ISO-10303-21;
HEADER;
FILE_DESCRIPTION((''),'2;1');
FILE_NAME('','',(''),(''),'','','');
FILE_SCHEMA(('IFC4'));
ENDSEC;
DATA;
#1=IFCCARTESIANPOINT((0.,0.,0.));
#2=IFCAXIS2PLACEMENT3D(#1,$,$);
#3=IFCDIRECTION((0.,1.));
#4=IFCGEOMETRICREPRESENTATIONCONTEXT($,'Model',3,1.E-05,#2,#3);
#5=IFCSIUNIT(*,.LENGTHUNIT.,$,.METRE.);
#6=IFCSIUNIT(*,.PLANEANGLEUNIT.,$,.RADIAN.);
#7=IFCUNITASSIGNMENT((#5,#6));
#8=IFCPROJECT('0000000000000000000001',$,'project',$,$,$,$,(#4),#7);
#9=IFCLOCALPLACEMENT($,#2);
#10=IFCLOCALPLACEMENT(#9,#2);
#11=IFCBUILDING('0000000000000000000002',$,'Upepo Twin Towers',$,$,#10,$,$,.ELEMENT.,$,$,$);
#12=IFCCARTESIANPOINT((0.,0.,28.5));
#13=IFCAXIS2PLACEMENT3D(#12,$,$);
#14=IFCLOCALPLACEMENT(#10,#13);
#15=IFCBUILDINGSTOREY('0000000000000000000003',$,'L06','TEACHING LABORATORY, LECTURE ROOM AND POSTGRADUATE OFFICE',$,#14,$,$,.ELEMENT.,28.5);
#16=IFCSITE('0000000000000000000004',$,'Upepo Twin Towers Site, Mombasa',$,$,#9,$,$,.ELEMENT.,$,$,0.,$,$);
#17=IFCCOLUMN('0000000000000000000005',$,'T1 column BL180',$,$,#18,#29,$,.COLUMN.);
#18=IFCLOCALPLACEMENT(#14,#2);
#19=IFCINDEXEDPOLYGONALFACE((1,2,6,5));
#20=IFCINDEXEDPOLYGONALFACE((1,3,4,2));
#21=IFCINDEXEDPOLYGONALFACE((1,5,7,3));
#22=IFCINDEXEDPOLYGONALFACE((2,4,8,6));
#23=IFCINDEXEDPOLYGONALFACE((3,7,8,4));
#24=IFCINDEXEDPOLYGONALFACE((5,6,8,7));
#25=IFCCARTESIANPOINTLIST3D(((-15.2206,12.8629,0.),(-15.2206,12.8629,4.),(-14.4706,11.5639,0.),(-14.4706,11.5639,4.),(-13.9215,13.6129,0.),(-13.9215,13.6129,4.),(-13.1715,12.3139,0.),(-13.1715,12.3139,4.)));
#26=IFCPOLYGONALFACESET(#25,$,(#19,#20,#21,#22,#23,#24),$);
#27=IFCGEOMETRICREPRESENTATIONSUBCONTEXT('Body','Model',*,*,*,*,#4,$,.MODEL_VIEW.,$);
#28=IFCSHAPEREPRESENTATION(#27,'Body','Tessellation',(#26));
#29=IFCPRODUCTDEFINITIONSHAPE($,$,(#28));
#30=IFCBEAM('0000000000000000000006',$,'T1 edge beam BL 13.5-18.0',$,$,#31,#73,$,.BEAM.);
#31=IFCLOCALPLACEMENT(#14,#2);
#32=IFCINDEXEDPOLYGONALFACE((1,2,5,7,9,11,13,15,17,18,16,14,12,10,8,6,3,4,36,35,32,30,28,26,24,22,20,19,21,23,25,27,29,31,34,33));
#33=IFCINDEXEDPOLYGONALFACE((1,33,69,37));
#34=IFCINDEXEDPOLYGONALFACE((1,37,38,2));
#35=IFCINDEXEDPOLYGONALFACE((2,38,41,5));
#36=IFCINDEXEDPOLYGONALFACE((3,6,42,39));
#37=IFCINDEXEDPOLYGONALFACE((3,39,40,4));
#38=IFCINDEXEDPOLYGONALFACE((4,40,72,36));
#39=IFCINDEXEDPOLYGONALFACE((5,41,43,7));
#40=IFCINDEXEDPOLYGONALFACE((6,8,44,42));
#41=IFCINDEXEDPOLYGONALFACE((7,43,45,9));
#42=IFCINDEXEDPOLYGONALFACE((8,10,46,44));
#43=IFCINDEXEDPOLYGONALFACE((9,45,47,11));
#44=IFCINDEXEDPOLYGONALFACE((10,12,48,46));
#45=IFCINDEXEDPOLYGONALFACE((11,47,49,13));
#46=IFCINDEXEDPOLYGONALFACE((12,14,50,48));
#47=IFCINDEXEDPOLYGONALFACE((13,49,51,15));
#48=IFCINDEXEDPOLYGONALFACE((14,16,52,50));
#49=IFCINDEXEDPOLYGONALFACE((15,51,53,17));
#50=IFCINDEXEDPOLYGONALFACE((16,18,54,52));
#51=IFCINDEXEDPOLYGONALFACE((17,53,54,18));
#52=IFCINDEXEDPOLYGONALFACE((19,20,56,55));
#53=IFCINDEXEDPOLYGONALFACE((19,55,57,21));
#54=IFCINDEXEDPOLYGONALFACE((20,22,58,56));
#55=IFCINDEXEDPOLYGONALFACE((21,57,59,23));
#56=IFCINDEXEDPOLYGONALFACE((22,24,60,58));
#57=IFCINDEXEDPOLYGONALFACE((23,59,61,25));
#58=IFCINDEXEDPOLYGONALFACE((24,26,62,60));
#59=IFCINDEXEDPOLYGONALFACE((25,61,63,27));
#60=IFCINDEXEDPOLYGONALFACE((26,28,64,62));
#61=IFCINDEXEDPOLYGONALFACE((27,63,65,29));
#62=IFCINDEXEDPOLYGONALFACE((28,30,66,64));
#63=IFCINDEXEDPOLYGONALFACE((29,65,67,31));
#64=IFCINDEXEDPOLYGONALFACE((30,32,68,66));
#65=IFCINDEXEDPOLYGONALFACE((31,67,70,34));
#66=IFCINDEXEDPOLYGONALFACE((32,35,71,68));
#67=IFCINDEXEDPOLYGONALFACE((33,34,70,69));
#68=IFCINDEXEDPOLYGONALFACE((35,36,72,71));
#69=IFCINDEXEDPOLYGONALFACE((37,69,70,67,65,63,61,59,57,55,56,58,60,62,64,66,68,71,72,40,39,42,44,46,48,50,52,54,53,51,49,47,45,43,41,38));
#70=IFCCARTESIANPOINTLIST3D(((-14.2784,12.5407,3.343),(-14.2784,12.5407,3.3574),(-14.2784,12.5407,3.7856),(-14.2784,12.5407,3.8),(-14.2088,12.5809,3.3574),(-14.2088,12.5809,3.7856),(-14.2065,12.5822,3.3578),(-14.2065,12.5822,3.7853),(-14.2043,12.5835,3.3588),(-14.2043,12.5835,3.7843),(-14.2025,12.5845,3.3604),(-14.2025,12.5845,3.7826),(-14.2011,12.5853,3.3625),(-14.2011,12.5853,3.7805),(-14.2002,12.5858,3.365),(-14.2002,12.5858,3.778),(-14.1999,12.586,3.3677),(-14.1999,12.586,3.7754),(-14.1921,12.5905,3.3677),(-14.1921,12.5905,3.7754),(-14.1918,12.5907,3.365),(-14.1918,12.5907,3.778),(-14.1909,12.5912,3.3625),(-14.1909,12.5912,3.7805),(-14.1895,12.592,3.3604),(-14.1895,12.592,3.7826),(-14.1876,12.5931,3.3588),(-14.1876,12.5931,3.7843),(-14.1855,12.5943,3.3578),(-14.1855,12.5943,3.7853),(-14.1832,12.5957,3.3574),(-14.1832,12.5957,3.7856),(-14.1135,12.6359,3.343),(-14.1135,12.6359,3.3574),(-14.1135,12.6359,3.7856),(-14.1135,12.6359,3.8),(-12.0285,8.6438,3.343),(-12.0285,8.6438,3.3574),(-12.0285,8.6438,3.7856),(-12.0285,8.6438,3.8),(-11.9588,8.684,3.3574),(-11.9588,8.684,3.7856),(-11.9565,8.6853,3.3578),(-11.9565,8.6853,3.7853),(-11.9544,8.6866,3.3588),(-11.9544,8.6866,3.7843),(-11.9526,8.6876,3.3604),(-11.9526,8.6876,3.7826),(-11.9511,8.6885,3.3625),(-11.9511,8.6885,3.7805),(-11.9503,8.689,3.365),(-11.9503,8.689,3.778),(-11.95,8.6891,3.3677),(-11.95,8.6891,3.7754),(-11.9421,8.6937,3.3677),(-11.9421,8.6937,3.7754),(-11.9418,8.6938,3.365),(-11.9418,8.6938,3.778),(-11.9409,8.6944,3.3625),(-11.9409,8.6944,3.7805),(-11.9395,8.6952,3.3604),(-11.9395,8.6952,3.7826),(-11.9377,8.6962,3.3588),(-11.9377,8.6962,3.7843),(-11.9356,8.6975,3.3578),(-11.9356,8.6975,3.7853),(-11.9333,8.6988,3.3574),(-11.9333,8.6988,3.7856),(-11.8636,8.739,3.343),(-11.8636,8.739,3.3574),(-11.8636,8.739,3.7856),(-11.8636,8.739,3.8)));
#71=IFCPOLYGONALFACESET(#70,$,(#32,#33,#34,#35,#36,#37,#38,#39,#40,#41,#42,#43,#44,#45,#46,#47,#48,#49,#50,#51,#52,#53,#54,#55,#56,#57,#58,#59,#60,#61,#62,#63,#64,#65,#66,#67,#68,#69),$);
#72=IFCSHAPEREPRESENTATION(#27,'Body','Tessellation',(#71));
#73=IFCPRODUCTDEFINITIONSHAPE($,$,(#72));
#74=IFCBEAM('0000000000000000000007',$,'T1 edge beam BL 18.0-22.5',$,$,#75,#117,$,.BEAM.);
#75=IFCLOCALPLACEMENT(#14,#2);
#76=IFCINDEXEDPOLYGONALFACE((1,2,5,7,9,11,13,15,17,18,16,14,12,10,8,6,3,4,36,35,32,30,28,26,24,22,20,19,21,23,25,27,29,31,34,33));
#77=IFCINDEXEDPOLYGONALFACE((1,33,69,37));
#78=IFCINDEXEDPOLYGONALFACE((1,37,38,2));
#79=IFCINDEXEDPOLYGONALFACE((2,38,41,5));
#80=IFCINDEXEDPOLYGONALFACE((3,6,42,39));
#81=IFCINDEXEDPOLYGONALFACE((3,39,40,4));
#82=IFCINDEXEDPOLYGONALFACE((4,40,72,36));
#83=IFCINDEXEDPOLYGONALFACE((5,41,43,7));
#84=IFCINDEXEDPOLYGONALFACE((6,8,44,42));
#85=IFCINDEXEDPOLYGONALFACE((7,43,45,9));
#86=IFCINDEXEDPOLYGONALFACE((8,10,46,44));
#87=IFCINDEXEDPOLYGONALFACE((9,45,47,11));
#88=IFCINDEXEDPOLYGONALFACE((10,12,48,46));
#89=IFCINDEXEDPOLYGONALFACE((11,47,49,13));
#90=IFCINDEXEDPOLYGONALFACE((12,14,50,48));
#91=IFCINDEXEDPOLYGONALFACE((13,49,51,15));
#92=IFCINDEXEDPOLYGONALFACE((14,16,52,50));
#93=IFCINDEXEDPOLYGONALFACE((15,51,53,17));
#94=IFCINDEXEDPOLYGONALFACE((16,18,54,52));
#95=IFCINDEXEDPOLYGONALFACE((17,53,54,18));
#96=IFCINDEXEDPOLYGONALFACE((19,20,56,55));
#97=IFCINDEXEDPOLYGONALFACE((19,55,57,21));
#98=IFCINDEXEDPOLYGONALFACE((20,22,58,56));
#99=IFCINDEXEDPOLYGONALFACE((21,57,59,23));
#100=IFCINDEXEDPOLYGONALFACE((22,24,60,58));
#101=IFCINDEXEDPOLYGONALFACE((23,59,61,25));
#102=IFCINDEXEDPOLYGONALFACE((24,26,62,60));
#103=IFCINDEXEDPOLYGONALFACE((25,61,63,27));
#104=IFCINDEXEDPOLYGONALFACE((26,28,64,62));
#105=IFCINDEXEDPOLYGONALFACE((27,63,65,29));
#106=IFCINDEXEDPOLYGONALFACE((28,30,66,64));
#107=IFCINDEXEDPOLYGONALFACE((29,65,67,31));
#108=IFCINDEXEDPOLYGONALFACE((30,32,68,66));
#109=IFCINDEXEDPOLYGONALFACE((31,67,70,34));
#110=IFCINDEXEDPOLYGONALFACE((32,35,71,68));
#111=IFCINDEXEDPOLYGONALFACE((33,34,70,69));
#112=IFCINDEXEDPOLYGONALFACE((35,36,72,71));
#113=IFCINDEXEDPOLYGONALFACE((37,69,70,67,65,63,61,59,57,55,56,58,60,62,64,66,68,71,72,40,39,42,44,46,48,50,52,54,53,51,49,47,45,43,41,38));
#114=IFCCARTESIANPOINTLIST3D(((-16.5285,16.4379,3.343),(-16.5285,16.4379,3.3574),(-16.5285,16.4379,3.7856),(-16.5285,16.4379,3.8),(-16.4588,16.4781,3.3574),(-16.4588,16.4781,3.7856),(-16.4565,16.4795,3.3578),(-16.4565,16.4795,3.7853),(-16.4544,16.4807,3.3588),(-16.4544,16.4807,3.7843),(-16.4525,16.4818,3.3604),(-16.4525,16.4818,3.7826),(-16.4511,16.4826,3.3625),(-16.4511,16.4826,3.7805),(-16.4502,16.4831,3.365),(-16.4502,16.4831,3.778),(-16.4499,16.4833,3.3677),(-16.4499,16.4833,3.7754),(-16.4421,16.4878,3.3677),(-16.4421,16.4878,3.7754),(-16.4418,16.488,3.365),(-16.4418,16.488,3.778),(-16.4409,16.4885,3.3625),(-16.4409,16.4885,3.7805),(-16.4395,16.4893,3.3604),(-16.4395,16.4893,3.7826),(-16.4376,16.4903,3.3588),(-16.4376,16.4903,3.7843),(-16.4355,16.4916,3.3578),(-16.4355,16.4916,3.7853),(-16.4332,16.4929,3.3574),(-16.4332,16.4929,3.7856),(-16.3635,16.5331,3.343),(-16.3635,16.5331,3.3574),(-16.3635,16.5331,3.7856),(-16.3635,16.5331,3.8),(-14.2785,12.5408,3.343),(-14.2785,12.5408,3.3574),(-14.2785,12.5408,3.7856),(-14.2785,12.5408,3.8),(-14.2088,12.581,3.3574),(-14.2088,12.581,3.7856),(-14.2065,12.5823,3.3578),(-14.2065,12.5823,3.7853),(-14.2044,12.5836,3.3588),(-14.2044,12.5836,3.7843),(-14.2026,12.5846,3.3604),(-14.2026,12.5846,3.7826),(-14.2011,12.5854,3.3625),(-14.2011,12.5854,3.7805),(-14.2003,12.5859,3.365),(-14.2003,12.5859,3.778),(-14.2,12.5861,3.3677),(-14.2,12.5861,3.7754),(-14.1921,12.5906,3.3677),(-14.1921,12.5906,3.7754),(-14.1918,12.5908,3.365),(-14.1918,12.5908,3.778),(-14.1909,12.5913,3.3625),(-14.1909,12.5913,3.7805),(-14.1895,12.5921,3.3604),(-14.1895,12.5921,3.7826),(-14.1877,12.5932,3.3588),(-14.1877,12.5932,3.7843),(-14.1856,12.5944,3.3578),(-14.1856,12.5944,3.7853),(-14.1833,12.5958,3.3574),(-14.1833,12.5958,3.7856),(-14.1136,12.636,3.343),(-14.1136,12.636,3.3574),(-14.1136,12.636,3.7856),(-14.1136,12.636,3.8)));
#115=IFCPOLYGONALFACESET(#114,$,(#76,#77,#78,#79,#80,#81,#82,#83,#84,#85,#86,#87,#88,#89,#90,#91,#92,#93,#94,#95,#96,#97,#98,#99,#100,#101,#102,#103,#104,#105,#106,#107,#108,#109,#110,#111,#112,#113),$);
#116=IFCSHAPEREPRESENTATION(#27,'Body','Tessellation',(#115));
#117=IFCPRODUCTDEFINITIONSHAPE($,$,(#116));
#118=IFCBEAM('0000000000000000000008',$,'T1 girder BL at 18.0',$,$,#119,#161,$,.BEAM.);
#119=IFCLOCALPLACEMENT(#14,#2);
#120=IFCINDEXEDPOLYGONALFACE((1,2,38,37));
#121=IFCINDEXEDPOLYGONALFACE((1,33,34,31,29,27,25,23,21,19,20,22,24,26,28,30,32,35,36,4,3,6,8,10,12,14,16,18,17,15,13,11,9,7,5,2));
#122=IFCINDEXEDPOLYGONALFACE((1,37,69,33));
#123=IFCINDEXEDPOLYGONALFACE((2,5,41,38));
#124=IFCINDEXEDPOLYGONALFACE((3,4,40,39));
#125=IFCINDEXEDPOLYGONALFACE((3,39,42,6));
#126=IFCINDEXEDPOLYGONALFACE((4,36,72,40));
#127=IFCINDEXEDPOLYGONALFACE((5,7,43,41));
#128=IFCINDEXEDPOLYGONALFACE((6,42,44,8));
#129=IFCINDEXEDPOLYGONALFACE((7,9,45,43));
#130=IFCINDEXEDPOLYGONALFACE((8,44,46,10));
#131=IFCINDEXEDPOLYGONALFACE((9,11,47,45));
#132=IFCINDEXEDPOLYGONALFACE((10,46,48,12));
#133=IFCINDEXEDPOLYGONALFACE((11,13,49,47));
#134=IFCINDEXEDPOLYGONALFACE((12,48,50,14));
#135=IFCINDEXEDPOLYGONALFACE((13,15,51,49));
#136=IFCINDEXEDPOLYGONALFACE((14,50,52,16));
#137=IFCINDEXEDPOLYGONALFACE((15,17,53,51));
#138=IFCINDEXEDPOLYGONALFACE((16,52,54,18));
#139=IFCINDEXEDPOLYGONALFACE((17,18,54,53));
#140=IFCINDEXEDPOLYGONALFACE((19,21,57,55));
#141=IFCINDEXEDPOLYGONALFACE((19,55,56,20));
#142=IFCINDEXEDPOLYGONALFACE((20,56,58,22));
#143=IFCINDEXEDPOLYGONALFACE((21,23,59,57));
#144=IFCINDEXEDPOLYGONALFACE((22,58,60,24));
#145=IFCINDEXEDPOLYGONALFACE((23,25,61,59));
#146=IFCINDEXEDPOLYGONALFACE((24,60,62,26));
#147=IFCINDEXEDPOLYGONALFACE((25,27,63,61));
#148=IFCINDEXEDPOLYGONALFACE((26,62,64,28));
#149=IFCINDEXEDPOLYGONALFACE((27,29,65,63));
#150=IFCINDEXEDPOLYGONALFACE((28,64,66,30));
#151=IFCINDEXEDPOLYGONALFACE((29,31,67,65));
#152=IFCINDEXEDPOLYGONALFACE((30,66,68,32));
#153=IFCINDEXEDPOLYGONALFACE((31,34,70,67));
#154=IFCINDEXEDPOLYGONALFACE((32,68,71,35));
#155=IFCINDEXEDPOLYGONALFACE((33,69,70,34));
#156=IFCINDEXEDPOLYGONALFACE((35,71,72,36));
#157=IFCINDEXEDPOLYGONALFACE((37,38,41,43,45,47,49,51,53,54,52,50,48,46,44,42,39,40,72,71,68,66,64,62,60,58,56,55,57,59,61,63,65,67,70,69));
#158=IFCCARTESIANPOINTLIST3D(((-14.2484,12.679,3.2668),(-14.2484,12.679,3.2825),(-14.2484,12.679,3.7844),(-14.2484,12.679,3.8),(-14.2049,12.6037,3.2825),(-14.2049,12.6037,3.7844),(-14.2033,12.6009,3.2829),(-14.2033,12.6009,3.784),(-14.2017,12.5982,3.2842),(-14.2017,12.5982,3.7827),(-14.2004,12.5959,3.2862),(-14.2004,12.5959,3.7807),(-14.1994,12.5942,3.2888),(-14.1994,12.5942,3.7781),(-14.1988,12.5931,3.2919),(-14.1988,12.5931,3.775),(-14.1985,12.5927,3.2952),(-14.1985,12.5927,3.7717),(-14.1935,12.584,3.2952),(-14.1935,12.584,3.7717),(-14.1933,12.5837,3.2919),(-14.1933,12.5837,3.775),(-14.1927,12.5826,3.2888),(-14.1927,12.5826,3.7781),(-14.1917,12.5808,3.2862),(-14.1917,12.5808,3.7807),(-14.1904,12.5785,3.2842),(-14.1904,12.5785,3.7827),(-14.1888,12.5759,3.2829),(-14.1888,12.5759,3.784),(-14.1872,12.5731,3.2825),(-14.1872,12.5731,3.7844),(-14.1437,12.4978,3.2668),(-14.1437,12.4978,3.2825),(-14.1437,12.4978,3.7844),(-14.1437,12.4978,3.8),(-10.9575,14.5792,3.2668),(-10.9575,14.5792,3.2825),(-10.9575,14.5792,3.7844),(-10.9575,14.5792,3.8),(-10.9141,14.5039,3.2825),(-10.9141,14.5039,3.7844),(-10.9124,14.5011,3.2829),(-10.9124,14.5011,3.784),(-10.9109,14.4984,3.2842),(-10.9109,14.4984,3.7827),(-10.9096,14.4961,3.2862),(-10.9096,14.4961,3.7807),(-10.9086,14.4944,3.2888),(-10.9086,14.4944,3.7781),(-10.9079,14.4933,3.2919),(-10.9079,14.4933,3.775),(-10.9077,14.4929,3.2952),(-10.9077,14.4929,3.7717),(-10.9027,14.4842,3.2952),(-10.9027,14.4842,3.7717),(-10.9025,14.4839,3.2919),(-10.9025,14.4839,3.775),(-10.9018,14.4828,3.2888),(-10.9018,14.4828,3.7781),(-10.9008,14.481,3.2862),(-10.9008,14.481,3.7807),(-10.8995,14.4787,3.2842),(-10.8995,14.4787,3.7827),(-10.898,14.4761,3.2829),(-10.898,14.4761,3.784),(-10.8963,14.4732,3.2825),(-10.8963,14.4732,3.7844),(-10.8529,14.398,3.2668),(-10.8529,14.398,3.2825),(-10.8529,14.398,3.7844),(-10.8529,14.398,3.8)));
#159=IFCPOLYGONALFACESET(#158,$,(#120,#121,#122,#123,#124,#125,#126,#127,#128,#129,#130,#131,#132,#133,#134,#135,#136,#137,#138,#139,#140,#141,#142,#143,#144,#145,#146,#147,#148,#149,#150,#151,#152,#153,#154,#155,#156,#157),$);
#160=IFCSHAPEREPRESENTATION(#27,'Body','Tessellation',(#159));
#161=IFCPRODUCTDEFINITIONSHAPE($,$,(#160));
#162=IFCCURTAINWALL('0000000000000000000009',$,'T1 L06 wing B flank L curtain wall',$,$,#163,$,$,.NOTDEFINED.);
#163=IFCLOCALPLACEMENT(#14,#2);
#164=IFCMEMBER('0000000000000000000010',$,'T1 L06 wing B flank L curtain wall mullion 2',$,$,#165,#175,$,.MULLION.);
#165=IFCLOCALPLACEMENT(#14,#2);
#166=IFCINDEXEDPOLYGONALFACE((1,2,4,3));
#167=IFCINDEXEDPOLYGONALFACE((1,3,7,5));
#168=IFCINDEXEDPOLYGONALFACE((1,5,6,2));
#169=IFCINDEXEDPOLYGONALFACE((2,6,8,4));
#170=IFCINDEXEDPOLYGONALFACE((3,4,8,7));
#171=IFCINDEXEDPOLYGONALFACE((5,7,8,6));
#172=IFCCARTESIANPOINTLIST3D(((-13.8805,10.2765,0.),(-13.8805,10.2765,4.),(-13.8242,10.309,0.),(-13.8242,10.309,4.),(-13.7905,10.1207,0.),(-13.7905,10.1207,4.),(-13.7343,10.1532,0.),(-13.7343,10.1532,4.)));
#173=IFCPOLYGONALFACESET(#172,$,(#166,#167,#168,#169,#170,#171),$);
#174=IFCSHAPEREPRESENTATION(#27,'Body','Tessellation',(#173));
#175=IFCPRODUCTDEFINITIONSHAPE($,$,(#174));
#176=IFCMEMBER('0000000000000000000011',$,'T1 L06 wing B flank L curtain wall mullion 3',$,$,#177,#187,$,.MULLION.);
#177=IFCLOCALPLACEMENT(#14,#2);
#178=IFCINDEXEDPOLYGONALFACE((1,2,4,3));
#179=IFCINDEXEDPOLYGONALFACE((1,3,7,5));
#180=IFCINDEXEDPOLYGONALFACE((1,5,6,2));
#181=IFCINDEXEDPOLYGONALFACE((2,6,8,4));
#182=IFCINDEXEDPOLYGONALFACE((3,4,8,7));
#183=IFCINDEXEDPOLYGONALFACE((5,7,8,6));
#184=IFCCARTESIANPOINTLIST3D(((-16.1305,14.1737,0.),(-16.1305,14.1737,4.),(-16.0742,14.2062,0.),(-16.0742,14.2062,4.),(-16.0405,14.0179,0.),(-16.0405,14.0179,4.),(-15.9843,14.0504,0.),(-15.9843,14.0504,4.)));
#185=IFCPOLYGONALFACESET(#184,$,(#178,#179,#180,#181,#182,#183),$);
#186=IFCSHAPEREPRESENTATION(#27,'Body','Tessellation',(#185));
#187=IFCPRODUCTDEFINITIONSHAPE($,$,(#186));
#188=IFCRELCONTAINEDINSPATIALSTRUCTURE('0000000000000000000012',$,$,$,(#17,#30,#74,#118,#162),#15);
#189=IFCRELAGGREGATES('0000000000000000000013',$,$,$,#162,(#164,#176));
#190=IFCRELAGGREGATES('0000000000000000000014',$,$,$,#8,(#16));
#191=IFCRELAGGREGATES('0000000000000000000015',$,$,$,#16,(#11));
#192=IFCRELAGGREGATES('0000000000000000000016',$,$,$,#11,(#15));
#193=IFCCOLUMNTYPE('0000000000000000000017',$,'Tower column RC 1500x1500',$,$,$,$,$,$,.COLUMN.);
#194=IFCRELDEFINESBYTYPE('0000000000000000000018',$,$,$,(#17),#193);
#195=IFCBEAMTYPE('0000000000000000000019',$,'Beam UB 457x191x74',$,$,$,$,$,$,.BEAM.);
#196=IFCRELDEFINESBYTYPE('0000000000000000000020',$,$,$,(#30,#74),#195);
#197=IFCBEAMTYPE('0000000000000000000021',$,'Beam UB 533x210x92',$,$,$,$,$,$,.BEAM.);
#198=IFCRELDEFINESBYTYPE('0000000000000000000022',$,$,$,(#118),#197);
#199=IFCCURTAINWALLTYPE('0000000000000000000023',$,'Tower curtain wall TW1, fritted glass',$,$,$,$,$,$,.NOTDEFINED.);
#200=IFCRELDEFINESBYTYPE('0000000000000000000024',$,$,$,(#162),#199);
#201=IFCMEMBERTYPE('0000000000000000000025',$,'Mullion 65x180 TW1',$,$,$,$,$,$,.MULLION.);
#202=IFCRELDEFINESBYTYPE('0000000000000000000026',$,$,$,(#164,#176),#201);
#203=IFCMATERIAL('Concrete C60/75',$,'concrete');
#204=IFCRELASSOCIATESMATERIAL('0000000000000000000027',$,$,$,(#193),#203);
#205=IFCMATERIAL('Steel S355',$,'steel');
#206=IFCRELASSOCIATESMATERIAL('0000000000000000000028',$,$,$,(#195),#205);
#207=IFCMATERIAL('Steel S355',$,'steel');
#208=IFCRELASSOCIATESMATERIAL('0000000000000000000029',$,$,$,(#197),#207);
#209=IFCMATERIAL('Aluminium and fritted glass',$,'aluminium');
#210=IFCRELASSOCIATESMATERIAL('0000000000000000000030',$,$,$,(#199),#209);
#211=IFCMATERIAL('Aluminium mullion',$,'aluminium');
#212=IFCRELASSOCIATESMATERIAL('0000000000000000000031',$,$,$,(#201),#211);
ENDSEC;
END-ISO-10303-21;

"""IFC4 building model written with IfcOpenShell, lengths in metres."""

from ifc_helpers import new_model, si_unit, direction, frame, origin, origin_2d, place, context, subcontext, project, spatial, rectangle, i_section, extrude, material, material_profile, profile_set, type_object, element, aggregate, save


model = new_model("IFC4")

# Units and contexts
model_context = context("Model", 3, precision=1e-05, world=origin(), true_north=direction((0.0, 1.0)))
body_context = subcontext(model_context, "Body", "Model", "MODEL_VIEW")
ifc_project = project(units=[si_unit("LENGTHUNIT", "METRE"), si_unit("PLANEANGLEUNIT", "RADIAN")], contexts=[model_context])

# Site, building, storey
site_placement = place(None, origin())
site = spatial("IfcSite", under=ifc_project, at=site_placement, Name="Upepo Twin Towers Site, Mombasa", CompositionType="ELEMENT", RefElevation=0.0)
building_placement = place(site_placement, origin())
building = spatial("IfcBuilding", under=site, at=building_placement, Name="Upepo Twin Towers", CompositionType="ELEMENT")
storey_placement = place(building_placement, frame((0.0, 0.0, 28.5)))
storey = spatial("IfcBuildingStorey", under=building, at=storey_placement, Name="L06", Description="TEACHING LABORATORY, LECTURE ROOM AND POSTGRADUATE OFFICE", CompositionType="ELEMENT", Elevation=28.5)

# Column
ifc_material_1 = material(Name="Concrete C60/75", Category="concrete")
ifc_material_profile_1 = material_profile(ifc_material_1, rectangle(XDim=1.5, YDim=1.5, at=origin_2d()), Name="RC 1500x1500")
ifc_profile_set_1 = profile_set([ifc_material_profile_1], Name="Concrete C60/75")
column_type = type_object("IfcColumnType", Name="Tower column RC 1500x1500", PredefinedType="COLUMN", material=ifc_profile_set_1)
column_placement = place(storey_placement, frame((-14.196, 12.5884, 0.0), z_axis=(0.0, 0.0, 1.0), x_axis=(0.866025, 0.5, 0.0)))
element("IfcColumn", 1, at=column_placement, inside=storey, type_object=column_type, Name="T1 column BL180", PredefinedType="COLUMN", context=body_context, shape_type="SweptSolid", body=[
    extrude(rectangle(XDim=1.5, YDim=1.5, at=origin_2d()), origin(), (0.0, 0.0, 1.0), 4.0),
])

# Beams
ifc_material_2 = material(Name="Steel S355", Category="steel")
ifc_material_profile_2 = material_profile(ifc_material_2, i_section(OverallWidth=0.1904, OverallDepth=0.457, WebThickness=0.009, FlangeThickness=0.0144, FilletRadius=0.0103, at=origin_2d()), Name="UB 457x191x74")
ifc_profile_set_2 = profile_set([ifc_material_profile_2], Name="Steel S355")
beam_type_1 = type_object("IfcBeamType", Name="Beam UB 457x191x74", PredefinedType="BEAM", material=ifc_profile_set_2)
beam_1_placement = place(storey_placement, frame((-11.946, 8.6914, 3.5715), z_axis=(-0.500014, 0.866018, 0.0), x_axis=(-0.866018, -0.500014, 0.0)))
element("IfcBeam", 2, at=beam_1_placement, inside=storey, type_object=beam_type_1, Name="T1 edge beam BL 13.5-18.0", PredefinedType="BEAM", context=body_context, shape_type="SweptSolid", body=[
    extrude(i_section(OverallWidth=0.1904, OverallDepth=0.457, WebThickness=0.009, FlangeThickness=0.0144, FilletRadius=0.0103, at=origin_2d()), origin(), (0.0, 0.0, 1.0), 4.4998),
])
beam_2_placement = place(storey_placement, frame((-14.196, 12.5884, 3.5715), z_axis=(-0.49999, 0.866031, 0.0), x_axis=(-0.866031, -0.49999, 0.0)))
element("IfcBeam", 3, at=beam_2_placement, inside=storey, type_object=beam_type_1, Name="T1 edge beam BL 18.0-22.5", PredefinedType="BEAM", context=body_context, shape_type="SweptSolid", body=[
    extrude(i_section(OverallWidth=0.1904, OverallDepth=0.457, WebThickness=0.009, FlangeThickness=0.0144, FilletRadius=0.0103, at=origin_2d()), origin(), (0.0, 0.0, 1.0), 4.5),
])
ifc_material_3 = material(Name="Steel S355", Category="steel")
ifc_material_profile_3 = material_profile(ifc_material_3, i_section(OverallWidth=0.2092, OverallDepth=0.5332, WebThickness=0.01, FlangeThickness=0.0156, FilletRadius=0.0127, at=origin_2d()), Name="UB 533x210x92")
ifc_profile_set_3 = profile_set([ifc_material_profile_3], Name="Steel S355")
beam_type_2 = type_object("IfcBeamType", Name="Beam UB 533x210x92", PredefinedType="BEAM", material=ifc_profile_set_3)
beam_3_placement = place(storey_placement, frame((-14.196, 12.5884, 3.5334), z_axis=(0.866, 0.500043, 0.0), x_axis=(-0.500043, 0.866, 0.0)))
element("IfcBeam", 4, at=beam_3_placement, inside=storey, type_object=beam_type_2, Name="T1 girder BL at 18.0", PredefinedType="BEAM", context=body_context, shape_type="SweptSolid", body=[
    extrude(i_section(OverallWidth=0.2092, OverallDepth=0.5332, WebThickness=0.01, FlangeThickness=0.0156, FilletRadius=0.0127, at=origin_2d()), origin(), (0.0, 0.0, 1.0), 3.8),
])

# Curtain wall, members
ifc_material_4 = material(Name="Aluminium and fritted glass", Category="aluminium")
curtain_wall_type = type_object("IfcCurtainWallType", Name="Tower curtain wall TW1, fritted glass", PredefinedType="NOTDEFINED", material=ifc_material_4)
curtain_wall_placement = place(storey_placement, origin())
curtain_wall = element("IfcCurtainWall", 5, at=curtain_wall_placement, inside=storey, type_object=curtain_wall_type, Name="T1 L06 wing B flank L curtain wall", PredefinedType="NOTDEFINED")
ifc_material_5 = material(Name="Aluminium mullion", Category="aluminium")
ifc_material_profile_4 = material_profile(ifc_material_5, rectangle(XDim=0.0649, YDim=0.1799, at=origin_2d()), Name="MULLION 65x180")
ifc_profile_set_4 = profile_set([ifc_material_profile_4], Name="Aluminium mullion")
member_type_1 = type_object("IfcMemberType", Name="Mullion 65x180 TW1", PredefinedType="MULLION", material=ifc_profile_set_4)
member_1_placement = place(storey_placement, frame((-13.8074, 10.2148, 0.0), z_axis=(0.0, 0.0, 1.0), x_axis=(-0.866025, -0.5, 0.0)))
member_1 = element("IfcMember", 6, at=member_1_placement, type_object=member_type_1, Name="T1 L06 wing B flank L curtain wall mullion 2", PredefinedType="MULLION", context=body_context, shape_type="SweptSolid", body=[
    extrude(rectangle(XDim=0.0649, YDim=0.1799, at=origin_2d()), origin(), (0.0, 0.0, 1.0), 4.0),
])
member_2_placement = place(storey_placement, frame((-16.0574, 14.1121, 0.0), z_axis=(0.0, 0.0, 1.0), x_axis=(-0.866025, -0.5, 0.0)))
member_2 = element("IfcMember", 7, at=member_2_placement, type_object=member_type_1, Name="T1 L06 wing B flank L curtain wall mullion 3", PredefinedType="MULLION", context=body_context, shape_type="SweptSolid", body=[
    extrude(rectangle(XDim=0.0649, YDim=0.1799, at=origin_2d()), origin(), (0.0, 0.0, 1.0), 4.0),
])
aggregate(curtain_wall, [member_1, member_2])

save(model, "model.ifc")
